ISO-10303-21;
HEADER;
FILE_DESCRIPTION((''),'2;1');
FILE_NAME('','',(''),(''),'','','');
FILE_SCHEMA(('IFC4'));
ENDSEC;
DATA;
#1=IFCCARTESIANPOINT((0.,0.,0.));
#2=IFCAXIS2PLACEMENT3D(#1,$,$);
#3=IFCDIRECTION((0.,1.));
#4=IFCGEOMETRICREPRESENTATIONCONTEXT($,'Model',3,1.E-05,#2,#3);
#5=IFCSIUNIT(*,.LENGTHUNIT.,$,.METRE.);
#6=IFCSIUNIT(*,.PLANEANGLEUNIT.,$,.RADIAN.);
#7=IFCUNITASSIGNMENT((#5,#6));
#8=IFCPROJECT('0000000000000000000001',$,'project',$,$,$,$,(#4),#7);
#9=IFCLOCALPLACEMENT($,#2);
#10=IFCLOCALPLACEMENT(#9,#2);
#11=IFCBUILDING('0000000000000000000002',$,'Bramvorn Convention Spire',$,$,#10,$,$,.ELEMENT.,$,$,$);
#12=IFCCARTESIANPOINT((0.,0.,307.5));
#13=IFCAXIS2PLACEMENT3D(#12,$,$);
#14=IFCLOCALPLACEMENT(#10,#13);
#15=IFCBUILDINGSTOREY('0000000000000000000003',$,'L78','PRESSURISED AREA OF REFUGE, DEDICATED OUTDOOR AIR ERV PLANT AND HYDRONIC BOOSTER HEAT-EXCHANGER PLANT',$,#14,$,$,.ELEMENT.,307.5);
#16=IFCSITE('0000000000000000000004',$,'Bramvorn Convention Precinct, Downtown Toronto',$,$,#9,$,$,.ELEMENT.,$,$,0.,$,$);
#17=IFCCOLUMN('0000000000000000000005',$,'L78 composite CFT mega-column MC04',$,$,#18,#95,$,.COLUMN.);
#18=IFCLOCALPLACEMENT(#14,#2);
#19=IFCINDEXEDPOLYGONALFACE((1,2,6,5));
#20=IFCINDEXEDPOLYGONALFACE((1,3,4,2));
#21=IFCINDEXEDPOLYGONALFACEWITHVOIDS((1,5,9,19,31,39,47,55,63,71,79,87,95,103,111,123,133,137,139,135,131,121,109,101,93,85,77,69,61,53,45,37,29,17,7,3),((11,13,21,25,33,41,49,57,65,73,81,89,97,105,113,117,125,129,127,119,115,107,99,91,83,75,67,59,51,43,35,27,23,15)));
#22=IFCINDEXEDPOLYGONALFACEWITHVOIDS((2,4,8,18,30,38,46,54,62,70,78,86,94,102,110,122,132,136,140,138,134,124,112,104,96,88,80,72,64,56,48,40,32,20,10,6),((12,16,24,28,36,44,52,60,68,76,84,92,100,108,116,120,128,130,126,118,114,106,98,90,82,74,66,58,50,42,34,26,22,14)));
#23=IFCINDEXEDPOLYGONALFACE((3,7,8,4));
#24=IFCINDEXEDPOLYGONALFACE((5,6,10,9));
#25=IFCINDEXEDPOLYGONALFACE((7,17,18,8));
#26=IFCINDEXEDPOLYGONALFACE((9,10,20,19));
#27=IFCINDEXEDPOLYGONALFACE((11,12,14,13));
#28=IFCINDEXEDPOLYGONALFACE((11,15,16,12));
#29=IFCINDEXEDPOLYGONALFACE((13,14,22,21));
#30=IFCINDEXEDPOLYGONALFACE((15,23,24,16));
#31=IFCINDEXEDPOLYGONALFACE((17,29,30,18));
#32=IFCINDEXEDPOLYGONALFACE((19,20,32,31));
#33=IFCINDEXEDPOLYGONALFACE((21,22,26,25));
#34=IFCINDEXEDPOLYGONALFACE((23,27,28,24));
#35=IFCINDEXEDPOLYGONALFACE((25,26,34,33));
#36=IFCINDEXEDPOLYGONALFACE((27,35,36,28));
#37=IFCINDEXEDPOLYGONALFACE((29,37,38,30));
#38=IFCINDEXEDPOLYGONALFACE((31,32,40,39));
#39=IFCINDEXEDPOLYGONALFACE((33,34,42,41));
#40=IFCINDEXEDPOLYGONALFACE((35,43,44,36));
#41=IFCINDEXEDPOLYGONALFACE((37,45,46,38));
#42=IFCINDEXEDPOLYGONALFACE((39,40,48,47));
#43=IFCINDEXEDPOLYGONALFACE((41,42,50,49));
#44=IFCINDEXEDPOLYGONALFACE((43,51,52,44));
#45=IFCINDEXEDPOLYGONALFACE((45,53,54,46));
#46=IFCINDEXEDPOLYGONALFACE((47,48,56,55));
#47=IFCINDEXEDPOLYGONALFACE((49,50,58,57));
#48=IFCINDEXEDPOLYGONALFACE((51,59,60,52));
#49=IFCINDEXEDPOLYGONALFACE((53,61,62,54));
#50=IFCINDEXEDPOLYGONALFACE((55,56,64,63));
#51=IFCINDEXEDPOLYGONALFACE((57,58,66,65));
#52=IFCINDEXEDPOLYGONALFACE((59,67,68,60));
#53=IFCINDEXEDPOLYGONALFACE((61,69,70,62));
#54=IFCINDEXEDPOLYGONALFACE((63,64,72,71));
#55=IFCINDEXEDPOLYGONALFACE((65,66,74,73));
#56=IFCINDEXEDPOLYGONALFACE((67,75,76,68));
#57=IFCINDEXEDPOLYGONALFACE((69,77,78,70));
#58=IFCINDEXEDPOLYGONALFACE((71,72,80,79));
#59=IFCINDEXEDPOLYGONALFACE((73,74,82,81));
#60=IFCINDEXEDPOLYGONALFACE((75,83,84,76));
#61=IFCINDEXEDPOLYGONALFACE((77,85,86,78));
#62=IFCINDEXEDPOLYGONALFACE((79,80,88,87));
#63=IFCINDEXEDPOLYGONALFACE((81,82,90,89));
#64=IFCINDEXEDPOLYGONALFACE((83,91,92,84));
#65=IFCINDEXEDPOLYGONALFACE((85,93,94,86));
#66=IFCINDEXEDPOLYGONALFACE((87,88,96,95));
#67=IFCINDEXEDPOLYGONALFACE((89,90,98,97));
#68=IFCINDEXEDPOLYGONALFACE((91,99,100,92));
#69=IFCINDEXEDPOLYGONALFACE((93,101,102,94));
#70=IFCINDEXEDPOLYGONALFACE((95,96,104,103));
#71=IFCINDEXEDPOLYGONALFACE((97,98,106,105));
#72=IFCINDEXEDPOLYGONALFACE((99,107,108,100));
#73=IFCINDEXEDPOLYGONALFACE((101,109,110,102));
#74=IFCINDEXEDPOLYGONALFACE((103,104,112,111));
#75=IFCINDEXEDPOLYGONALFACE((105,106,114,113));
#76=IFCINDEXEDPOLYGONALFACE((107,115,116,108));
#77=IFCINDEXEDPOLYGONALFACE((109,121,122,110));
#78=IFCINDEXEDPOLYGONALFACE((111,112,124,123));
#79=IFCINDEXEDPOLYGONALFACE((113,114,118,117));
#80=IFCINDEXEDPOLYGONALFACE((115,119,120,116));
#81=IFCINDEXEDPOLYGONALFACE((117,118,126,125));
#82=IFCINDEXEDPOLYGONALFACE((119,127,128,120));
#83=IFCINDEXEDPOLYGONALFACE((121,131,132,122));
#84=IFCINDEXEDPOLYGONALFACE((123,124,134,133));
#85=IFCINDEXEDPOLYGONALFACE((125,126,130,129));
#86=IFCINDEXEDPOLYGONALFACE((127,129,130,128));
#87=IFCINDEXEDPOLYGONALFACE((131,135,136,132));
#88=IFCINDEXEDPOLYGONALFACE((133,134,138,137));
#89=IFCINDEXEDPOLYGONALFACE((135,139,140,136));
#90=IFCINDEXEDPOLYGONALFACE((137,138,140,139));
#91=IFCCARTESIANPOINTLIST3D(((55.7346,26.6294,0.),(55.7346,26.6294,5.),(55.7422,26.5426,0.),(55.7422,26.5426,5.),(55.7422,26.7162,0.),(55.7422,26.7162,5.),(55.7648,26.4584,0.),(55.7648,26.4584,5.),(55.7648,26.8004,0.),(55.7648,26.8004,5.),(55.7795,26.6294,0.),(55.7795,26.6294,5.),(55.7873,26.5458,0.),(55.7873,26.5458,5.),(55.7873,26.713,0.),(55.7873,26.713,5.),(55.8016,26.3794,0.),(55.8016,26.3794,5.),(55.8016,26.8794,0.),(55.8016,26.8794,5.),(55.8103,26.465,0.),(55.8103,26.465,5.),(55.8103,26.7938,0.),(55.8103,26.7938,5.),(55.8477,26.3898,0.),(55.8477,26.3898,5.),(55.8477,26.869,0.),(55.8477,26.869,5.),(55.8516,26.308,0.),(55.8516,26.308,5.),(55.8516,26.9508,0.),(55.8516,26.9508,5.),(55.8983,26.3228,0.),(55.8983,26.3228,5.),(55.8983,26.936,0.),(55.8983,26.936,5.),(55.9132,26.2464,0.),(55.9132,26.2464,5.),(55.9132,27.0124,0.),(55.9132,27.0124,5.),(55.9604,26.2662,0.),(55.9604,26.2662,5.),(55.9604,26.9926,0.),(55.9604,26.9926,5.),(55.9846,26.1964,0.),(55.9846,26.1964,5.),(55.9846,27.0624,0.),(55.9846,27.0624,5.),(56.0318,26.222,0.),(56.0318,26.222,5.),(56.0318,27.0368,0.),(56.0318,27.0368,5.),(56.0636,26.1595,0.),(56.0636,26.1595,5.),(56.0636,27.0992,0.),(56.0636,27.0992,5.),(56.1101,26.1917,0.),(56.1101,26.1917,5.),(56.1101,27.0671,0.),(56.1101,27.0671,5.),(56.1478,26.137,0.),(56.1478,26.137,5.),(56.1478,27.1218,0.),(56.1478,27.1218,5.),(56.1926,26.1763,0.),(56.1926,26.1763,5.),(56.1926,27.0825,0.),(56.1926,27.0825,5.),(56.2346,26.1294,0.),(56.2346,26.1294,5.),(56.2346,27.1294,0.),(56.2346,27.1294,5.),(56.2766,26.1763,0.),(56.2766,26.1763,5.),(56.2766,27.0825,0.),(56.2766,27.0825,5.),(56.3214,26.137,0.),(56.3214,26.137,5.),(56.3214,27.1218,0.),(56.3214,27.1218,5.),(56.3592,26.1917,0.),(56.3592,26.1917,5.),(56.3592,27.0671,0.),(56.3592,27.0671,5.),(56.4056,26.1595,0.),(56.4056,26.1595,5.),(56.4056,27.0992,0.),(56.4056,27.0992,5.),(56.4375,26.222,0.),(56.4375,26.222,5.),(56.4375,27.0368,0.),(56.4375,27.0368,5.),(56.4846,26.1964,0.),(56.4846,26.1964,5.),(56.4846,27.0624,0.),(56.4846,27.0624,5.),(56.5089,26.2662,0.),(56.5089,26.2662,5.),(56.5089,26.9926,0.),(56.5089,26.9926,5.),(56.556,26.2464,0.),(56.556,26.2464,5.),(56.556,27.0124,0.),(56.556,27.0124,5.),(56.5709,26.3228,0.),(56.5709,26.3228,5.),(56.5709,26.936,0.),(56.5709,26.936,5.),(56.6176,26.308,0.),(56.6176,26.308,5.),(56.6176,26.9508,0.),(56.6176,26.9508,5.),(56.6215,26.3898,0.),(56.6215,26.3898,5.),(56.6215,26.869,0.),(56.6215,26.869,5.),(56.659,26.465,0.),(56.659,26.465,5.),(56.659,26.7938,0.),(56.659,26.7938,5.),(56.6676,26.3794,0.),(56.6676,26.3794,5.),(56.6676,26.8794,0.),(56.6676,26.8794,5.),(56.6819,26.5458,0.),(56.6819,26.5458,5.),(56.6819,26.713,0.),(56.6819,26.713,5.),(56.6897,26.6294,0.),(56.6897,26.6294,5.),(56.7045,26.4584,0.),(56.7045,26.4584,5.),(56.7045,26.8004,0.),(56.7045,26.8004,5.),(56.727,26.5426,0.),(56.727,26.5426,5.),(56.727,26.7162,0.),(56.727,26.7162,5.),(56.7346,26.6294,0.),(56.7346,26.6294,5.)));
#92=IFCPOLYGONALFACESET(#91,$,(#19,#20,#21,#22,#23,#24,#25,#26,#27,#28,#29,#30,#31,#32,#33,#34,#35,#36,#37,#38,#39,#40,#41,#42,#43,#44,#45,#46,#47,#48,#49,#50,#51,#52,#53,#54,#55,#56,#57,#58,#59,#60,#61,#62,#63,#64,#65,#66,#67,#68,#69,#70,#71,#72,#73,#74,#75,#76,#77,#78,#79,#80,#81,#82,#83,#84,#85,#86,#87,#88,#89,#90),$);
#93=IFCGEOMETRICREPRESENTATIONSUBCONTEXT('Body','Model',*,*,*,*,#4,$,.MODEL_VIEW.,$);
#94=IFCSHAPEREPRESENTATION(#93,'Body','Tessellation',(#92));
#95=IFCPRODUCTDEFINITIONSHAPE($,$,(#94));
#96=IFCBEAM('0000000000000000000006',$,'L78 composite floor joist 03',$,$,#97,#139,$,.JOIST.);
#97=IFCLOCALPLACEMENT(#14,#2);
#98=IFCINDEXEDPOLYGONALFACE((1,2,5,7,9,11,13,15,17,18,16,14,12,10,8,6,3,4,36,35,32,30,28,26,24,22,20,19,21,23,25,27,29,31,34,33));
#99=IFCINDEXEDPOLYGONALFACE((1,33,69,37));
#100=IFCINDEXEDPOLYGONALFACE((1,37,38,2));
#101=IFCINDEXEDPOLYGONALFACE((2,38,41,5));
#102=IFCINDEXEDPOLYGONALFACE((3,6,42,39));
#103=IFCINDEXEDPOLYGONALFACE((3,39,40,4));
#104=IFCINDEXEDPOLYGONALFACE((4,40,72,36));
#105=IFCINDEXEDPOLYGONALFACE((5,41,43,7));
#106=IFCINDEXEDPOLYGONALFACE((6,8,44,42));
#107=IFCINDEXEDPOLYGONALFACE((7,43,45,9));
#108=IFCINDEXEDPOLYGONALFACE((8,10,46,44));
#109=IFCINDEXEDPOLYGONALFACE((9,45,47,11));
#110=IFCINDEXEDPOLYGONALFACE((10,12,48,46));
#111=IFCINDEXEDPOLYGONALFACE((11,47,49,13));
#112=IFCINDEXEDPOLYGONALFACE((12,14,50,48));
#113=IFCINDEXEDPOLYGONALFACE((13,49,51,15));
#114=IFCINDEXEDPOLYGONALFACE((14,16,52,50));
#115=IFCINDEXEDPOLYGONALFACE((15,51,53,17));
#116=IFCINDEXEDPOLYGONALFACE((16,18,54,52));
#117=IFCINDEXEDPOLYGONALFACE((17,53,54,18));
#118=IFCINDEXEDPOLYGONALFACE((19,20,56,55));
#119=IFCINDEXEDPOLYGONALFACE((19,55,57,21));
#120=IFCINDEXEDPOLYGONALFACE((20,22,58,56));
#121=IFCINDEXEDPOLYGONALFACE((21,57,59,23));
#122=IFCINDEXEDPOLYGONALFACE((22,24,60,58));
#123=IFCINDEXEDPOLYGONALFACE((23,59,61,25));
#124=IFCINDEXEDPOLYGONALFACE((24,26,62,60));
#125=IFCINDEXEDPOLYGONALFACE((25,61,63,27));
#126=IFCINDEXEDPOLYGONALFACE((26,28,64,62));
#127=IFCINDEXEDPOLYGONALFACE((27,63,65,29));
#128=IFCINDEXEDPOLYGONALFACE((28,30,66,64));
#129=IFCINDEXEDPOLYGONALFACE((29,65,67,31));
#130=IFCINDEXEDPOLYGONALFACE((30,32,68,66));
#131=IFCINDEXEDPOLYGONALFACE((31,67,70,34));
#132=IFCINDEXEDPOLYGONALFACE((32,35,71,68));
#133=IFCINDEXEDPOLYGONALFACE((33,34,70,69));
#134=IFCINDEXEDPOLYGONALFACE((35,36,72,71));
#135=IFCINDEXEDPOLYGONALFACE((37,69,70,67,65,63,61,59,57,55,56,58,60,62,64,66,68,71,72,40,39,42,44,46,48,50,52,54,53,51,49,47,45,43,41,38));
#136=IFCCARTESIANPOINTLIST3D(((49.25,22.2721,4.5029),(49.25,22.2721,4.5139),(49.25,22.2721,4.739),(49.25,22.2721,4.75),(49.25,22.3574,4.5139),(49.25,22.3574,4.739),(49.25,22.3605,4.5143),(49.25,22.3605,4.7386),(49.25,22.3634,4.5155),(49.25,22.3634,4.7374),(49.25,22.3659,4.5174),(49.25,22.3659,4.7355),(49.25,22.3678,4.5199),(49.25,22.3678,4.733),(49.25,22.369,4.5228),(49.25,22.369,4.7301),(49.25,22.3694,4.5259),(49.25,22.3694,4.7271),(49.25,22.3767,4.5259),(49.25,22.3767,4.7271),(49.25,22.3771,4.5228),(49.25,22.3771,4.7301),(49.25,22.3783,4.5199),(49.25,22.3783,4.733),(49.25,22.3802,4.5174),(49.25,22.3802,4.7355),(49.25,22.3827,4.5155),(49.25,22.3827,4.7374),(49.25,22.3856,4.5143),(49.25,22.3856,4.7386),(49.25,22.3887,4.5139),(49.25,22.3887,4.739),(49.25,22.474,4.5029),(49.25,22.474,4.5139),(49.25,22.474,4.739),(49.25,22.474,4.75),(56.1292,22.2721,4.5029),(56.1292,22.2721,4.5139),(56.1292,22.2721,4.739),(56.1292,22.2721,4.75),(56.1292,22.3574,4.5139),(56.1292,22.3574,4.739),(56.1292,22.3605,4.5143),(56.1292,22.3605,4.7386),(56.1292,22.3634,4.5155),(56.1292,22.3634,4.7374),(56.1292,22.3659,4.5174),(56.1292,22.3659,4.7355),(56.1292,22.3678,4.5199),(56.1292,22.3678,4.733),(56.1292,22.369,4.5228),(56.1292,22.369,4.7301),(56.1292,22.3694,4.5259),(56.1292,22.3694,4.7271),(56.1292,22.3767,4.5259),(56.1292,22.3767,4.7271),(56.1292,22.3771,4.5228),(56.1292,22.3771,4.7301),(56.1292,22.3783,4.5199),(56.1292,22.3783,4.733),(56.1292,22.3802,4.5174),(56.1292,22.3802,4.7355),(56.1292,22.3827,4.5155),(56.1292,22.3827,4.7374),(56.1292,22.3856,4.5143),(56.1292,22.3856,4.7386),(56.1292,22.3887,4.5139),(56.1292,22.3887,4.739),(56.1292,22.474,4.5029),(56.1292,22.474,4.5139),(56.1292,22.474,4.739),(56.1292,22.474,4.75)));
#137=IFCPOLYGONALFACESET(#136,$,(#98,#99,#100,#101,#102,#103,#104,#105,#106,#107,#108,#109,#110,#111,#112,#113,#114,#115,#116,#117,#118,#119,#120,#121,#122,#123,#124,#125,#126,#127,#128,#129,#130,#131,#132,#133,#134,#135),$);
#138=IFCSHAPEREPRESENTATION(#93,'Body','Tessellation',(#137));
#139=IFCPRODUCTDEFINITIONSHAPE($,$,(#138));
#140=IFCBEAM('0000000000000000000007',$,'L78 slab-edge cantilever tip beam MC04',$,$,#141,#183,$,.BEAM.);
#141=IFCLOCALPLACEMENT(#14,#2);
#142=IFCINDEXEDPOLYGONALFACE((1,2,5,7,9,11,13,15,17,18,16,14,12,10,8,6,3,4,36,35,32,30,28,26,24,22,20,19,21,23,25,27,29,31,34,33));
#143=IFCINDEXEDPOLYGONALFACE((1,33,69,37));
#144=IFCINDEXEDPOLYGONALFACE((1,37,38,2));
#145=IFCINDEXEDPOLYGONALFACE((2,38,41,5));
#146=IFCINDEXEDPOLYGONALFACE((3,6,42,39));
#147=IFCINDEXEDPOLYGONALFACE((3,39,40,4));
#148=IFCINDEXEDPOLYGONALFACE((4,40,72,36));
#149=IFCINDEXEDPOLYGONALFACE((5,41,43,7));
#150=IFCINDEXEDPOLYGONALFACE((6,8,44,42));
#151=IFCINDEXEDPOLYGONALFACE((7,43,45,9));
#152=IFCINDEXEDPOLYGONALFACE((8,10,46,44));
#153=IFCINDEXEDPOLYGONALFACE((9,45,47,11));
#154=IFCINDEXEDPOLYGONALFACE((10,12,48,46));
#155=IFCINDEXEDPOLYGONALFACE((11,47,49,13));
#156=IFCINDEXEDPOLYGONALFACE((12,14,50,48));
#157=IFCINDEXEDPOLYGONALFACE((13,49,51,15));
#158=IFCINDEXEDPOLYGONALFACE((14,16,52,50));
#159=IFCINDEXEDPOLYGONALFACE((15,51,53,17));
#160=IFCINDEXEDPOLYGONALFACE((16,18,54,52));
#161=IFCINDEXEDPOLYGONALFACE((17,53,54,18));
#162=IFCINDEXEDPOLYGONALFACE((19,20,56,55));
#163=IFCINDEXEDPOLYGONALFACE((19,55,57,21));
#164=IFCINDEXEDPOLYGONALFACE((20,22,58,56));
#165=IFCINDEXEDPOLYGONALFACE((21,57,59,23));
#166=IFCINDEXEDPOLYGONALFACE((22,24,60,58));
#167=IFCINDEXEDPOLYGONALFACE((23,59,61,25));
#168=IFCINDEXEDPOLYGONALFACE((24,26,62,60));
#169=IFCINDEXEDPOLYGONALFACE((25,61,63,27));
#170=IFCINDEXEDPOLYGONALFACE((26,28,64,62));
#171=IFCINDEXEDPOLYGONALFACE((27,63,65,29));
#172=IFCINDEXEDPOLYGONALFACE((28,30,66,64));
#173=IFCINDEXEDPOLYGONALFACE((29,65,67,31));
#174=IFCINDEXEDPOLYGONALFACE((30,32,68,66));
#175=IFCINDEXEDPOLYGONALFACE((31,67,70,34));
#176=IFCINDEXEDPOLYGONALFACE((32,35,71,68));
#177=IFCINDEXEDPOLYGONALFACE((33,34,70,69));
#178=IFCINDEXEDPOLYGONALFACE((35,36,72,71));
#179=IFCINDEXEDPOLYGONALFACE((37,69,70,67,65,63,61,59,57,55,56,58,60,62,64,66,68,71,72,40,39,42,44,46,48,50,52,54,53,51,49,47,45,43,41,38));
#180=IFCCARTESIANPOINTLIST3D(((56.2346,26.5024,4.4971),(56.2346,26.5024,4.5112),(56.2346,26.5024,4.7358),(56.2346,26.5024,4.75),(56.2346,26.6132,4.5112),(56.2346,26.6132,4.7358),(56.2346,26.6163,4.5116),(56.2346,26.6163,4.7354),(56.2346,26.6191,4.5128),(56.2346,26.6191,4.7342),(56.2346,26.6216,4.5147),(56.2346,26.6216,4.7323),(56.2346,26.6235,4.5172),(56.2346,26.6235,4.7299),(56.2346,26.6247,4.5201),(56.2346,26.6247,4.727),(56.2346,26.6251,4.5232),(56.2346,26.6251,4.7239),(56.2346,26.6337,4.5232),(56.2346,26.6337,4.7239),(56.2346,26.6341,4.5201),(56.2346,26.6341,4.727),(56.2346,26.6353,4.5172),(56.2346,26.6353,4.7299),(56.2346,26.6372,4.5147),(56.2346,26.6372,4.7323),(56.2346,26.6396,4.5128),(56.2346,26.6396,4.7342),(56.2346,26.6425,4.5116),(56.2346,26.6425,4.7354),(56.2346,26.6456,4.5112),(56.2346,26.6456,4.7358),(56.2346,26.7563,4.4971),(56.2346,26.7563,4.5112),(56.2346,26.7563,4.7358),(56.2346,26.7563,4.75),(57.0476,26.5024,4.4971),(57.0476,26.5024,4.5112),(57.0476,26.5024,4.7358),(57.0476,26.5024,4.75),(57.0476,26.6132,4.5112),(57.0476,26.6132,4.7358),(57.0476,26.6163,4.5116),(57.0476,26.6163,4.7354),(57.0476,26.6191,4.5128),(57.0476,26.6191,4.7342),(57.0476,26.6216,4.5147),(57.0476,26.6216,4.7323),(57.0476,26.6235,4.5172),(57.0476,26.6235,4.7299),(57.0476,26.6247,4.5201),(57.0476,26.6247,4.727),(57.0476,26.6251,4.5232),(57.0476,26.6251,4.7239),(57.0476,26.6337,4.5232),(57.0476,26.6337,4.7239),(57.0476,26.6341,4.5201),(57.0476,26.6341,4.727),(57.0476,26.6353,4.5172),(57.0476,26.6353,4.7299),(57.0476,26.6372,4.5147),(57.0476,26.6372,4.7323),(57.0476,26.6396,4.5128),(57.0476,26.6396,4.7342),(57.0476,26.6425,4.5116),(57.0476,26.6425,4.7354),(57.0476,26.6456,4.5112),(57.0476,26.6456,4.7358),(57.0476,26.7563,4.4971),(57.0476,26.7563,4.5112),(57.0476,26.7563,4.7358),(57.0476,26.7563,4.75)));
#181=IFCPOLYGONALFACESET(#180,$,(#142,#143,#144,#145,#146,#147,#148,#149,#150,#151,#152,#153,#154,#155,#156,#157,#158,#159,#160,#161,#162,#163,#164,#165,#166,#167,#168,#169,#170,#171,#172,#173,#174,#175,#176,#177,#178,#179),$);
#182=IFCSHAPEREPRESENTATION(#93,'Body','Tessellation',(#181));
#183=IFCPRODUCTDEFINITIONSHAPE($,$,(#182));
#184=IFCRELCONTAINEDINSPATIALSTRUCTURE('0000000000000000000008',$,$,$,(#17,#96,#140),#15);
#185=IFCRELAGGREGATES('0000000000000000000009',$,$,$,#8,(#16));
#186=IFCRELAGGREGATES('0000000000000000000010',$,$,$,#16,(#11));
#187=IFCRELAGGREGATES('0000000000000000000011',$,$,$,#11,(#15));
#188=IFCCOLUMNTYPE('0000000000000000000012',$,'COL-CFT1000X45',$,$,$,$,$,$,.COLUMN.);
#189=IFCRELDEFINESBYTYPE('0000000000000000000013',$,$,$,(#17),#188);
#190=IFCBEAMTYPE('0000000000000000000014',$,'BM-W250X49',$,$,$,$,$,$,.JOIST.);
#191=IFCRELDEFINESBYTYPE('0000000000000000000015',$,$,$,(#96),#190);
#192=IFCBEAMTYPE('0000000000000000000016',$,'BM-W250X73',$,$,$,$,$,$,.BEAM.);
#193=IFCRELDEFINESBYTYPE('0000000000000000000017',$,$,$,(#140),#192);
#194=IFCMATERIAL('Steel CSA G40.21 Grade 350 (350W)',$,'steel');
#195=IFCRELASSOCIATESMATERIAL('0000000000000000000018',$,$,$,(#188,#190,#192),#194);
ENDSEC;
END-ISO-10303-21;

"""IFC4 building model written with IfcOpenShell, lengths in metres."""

from ifc_helpers import new_model, si_unit, direction, frame, origin, origin_2d, place, context, subcontext, project, spatial, hollow_circle, i_section, extrude, material, material_profile, profile_set, type_object, element, save


model = new_model("IFC4")

# Units and contexts
model_context = context("Model", 3, precision=1e-05, world=origin(), true_north=direction((0.0, 1.0)))
body_context = subcontext(model_context, "Body", "Model", "MODEL_VIEW")
ifc_project = project(units=[si_unit("LENGTHUNIT", "METRE"), si_unit("PLANEANGLEUNIT", "RADIAN")], contexts=[model_context])

# Site, building, storey
site_placement = place(None, origin())
site = spatial("IfcSite", under=ifc_project, at=site_placement, Name="Bramvorn Convention Precinct, Downtown Toronto", CompositionType="ELEMENT", RefElevation=0.0)
building_placement = place(site_placement, origin())
building = spatial("IfcBuilding", under=site, at=building_placement, Name="Bramvorn Convention Spire", CompositionType="ELEMENT")
storey_placement = place(building_placement, frame((0.0, 0.0, 307.5)))
storey = spatial("IfcBuildingStorey", under=building, at=storey_placement, Name="L78", Description="PRESSURISED AREA OF REFUGE, DEDICATED OUTDOOR AIR ERV PLANT AND HYDRONIC BOOSTER HEAT-EXCHANGER PLANT", CompositionType="ELEMENT", Elevation=307.5)

# Column
ifc_material_1 = material(Name="Steel CSA G40.21 Grade 350 (350W)", Category="steel")
ifc_material_profile_1 = material_profile(ifc_material_1, hollow_circle(Radius=0.5, WallThickness=0.0449, at=origin_2d()))
ifc_profile_set_1 = profile_set([ifc_material_profile_1], Name="Steel CSA G40.21 Grade 350 (350W) - CFT1000X45")
column_type = type_object("IfcColumnType", Name="COL-CFT1000X45", PredefinedType="COLUMN", material=ifc_profile_set_1)
column_placement = place(storey_placement, frame((56.2346, 26.6294, 0.0), z_axis=(0.0, 0.0, 1.0), x_axis=(1.0, 0.0, 0.0)))
element("IfcColumn", 1, at=column_placement, inside=storey, type_object=column_type, Name="L78 composite CFT mega-column MC04", PredefinedType="COLUMN", context=body_context, shape_type="SweptSolid", body=[
    extrude(hollow_circle(Radius=0.5, WallThickness=0.0449, at=origin_2d()), origin(), (0.0, 0.0, 1.0), 5.0),
])

# Beams
ifc_material_profile_2 = material_profile(ifc_material_1, i_section(OverallWidth=0.2019, OverallDepth=0.2471, WebThickness=0.0073, FlangeThickness=0.011, FilletRadius=0.012, at=origin_2d()))
ifc_profile_set_2 = profile_set([ifc_material_profile_2], Name="Steel CSA G40.21 Grade 350 (350W) - W250X49")
beam_type_1 = type_object("IfcBeamType", Name="BM-W250X49", PredefinedType="JOIST", material=ifc_profile_set_2)
beam_1_placement = place(storey_placement, frame((49.25, 22.373, 4.6265), z_axis=(1.0, 0.0, 0.0), x_axis=(0.0, 1.0, 0.0)))
element("IfcBeam", 2, at=beam_1_placement, inside=storey, type_object=beam_type_1, Name="L78 composite floor joist 03", PredefinedType="JOIST", context=body_context, shape_type="SweptSolid", body=[
    extrude(i_section(OverallWidth=0.2019, OverallDepth=0.2471, WebThickness=0.0073, FlangeThickness=0.011, FilletRadius=0.012, at=origin_2d()), origin(), (0.0, 0.0, 1.0), 6.8792),
])
ifc_material_profile_3 = material_profile(ifc_material_1, i_section(OverallWidth=0.2539, OverallDepth=0.2529, WebThickness=0.0085, FlangeThickness=0.0142, FilletRadius=0.012, at=origin_2d()))
ifc_profile_set_3 = profile_set([ifc_material_profile_3], Name="Steel CSA G40.21 Grade 350 (350W) - W250X73")
beam_type_2 = type_object("IfcBeamType", Name="BM-W250X73", PredefinedType="BEAM", material=ifc_profile_set_3)
beam_2_placement = place(storey_placement, frame((56.2346, 26.6294, 4.6235), z_axis=(1.0, 0.0, 0.0), x_axis=(0.0, 1.0, 0.0)))
element("IfcBeam", 3, at=beam_2_placement, inside=storey, type_object=beam_type_2, Name="L78 slab-edge cantilever tip beam MC04", PredefinedType="BEAM", context=body_context, shape_type="SweptSolid", body=[
    extrude(i_section(OverallWidth=0.2539, OverallDepth=0.2529, WebThickness=0.0085, FlangeThickness=0.0142, FilletRadius=0.012, at=origin_2d()), origin(), (0.0, 0.0, 1.0), 0.813),
])

save(model, "model.ifc")
